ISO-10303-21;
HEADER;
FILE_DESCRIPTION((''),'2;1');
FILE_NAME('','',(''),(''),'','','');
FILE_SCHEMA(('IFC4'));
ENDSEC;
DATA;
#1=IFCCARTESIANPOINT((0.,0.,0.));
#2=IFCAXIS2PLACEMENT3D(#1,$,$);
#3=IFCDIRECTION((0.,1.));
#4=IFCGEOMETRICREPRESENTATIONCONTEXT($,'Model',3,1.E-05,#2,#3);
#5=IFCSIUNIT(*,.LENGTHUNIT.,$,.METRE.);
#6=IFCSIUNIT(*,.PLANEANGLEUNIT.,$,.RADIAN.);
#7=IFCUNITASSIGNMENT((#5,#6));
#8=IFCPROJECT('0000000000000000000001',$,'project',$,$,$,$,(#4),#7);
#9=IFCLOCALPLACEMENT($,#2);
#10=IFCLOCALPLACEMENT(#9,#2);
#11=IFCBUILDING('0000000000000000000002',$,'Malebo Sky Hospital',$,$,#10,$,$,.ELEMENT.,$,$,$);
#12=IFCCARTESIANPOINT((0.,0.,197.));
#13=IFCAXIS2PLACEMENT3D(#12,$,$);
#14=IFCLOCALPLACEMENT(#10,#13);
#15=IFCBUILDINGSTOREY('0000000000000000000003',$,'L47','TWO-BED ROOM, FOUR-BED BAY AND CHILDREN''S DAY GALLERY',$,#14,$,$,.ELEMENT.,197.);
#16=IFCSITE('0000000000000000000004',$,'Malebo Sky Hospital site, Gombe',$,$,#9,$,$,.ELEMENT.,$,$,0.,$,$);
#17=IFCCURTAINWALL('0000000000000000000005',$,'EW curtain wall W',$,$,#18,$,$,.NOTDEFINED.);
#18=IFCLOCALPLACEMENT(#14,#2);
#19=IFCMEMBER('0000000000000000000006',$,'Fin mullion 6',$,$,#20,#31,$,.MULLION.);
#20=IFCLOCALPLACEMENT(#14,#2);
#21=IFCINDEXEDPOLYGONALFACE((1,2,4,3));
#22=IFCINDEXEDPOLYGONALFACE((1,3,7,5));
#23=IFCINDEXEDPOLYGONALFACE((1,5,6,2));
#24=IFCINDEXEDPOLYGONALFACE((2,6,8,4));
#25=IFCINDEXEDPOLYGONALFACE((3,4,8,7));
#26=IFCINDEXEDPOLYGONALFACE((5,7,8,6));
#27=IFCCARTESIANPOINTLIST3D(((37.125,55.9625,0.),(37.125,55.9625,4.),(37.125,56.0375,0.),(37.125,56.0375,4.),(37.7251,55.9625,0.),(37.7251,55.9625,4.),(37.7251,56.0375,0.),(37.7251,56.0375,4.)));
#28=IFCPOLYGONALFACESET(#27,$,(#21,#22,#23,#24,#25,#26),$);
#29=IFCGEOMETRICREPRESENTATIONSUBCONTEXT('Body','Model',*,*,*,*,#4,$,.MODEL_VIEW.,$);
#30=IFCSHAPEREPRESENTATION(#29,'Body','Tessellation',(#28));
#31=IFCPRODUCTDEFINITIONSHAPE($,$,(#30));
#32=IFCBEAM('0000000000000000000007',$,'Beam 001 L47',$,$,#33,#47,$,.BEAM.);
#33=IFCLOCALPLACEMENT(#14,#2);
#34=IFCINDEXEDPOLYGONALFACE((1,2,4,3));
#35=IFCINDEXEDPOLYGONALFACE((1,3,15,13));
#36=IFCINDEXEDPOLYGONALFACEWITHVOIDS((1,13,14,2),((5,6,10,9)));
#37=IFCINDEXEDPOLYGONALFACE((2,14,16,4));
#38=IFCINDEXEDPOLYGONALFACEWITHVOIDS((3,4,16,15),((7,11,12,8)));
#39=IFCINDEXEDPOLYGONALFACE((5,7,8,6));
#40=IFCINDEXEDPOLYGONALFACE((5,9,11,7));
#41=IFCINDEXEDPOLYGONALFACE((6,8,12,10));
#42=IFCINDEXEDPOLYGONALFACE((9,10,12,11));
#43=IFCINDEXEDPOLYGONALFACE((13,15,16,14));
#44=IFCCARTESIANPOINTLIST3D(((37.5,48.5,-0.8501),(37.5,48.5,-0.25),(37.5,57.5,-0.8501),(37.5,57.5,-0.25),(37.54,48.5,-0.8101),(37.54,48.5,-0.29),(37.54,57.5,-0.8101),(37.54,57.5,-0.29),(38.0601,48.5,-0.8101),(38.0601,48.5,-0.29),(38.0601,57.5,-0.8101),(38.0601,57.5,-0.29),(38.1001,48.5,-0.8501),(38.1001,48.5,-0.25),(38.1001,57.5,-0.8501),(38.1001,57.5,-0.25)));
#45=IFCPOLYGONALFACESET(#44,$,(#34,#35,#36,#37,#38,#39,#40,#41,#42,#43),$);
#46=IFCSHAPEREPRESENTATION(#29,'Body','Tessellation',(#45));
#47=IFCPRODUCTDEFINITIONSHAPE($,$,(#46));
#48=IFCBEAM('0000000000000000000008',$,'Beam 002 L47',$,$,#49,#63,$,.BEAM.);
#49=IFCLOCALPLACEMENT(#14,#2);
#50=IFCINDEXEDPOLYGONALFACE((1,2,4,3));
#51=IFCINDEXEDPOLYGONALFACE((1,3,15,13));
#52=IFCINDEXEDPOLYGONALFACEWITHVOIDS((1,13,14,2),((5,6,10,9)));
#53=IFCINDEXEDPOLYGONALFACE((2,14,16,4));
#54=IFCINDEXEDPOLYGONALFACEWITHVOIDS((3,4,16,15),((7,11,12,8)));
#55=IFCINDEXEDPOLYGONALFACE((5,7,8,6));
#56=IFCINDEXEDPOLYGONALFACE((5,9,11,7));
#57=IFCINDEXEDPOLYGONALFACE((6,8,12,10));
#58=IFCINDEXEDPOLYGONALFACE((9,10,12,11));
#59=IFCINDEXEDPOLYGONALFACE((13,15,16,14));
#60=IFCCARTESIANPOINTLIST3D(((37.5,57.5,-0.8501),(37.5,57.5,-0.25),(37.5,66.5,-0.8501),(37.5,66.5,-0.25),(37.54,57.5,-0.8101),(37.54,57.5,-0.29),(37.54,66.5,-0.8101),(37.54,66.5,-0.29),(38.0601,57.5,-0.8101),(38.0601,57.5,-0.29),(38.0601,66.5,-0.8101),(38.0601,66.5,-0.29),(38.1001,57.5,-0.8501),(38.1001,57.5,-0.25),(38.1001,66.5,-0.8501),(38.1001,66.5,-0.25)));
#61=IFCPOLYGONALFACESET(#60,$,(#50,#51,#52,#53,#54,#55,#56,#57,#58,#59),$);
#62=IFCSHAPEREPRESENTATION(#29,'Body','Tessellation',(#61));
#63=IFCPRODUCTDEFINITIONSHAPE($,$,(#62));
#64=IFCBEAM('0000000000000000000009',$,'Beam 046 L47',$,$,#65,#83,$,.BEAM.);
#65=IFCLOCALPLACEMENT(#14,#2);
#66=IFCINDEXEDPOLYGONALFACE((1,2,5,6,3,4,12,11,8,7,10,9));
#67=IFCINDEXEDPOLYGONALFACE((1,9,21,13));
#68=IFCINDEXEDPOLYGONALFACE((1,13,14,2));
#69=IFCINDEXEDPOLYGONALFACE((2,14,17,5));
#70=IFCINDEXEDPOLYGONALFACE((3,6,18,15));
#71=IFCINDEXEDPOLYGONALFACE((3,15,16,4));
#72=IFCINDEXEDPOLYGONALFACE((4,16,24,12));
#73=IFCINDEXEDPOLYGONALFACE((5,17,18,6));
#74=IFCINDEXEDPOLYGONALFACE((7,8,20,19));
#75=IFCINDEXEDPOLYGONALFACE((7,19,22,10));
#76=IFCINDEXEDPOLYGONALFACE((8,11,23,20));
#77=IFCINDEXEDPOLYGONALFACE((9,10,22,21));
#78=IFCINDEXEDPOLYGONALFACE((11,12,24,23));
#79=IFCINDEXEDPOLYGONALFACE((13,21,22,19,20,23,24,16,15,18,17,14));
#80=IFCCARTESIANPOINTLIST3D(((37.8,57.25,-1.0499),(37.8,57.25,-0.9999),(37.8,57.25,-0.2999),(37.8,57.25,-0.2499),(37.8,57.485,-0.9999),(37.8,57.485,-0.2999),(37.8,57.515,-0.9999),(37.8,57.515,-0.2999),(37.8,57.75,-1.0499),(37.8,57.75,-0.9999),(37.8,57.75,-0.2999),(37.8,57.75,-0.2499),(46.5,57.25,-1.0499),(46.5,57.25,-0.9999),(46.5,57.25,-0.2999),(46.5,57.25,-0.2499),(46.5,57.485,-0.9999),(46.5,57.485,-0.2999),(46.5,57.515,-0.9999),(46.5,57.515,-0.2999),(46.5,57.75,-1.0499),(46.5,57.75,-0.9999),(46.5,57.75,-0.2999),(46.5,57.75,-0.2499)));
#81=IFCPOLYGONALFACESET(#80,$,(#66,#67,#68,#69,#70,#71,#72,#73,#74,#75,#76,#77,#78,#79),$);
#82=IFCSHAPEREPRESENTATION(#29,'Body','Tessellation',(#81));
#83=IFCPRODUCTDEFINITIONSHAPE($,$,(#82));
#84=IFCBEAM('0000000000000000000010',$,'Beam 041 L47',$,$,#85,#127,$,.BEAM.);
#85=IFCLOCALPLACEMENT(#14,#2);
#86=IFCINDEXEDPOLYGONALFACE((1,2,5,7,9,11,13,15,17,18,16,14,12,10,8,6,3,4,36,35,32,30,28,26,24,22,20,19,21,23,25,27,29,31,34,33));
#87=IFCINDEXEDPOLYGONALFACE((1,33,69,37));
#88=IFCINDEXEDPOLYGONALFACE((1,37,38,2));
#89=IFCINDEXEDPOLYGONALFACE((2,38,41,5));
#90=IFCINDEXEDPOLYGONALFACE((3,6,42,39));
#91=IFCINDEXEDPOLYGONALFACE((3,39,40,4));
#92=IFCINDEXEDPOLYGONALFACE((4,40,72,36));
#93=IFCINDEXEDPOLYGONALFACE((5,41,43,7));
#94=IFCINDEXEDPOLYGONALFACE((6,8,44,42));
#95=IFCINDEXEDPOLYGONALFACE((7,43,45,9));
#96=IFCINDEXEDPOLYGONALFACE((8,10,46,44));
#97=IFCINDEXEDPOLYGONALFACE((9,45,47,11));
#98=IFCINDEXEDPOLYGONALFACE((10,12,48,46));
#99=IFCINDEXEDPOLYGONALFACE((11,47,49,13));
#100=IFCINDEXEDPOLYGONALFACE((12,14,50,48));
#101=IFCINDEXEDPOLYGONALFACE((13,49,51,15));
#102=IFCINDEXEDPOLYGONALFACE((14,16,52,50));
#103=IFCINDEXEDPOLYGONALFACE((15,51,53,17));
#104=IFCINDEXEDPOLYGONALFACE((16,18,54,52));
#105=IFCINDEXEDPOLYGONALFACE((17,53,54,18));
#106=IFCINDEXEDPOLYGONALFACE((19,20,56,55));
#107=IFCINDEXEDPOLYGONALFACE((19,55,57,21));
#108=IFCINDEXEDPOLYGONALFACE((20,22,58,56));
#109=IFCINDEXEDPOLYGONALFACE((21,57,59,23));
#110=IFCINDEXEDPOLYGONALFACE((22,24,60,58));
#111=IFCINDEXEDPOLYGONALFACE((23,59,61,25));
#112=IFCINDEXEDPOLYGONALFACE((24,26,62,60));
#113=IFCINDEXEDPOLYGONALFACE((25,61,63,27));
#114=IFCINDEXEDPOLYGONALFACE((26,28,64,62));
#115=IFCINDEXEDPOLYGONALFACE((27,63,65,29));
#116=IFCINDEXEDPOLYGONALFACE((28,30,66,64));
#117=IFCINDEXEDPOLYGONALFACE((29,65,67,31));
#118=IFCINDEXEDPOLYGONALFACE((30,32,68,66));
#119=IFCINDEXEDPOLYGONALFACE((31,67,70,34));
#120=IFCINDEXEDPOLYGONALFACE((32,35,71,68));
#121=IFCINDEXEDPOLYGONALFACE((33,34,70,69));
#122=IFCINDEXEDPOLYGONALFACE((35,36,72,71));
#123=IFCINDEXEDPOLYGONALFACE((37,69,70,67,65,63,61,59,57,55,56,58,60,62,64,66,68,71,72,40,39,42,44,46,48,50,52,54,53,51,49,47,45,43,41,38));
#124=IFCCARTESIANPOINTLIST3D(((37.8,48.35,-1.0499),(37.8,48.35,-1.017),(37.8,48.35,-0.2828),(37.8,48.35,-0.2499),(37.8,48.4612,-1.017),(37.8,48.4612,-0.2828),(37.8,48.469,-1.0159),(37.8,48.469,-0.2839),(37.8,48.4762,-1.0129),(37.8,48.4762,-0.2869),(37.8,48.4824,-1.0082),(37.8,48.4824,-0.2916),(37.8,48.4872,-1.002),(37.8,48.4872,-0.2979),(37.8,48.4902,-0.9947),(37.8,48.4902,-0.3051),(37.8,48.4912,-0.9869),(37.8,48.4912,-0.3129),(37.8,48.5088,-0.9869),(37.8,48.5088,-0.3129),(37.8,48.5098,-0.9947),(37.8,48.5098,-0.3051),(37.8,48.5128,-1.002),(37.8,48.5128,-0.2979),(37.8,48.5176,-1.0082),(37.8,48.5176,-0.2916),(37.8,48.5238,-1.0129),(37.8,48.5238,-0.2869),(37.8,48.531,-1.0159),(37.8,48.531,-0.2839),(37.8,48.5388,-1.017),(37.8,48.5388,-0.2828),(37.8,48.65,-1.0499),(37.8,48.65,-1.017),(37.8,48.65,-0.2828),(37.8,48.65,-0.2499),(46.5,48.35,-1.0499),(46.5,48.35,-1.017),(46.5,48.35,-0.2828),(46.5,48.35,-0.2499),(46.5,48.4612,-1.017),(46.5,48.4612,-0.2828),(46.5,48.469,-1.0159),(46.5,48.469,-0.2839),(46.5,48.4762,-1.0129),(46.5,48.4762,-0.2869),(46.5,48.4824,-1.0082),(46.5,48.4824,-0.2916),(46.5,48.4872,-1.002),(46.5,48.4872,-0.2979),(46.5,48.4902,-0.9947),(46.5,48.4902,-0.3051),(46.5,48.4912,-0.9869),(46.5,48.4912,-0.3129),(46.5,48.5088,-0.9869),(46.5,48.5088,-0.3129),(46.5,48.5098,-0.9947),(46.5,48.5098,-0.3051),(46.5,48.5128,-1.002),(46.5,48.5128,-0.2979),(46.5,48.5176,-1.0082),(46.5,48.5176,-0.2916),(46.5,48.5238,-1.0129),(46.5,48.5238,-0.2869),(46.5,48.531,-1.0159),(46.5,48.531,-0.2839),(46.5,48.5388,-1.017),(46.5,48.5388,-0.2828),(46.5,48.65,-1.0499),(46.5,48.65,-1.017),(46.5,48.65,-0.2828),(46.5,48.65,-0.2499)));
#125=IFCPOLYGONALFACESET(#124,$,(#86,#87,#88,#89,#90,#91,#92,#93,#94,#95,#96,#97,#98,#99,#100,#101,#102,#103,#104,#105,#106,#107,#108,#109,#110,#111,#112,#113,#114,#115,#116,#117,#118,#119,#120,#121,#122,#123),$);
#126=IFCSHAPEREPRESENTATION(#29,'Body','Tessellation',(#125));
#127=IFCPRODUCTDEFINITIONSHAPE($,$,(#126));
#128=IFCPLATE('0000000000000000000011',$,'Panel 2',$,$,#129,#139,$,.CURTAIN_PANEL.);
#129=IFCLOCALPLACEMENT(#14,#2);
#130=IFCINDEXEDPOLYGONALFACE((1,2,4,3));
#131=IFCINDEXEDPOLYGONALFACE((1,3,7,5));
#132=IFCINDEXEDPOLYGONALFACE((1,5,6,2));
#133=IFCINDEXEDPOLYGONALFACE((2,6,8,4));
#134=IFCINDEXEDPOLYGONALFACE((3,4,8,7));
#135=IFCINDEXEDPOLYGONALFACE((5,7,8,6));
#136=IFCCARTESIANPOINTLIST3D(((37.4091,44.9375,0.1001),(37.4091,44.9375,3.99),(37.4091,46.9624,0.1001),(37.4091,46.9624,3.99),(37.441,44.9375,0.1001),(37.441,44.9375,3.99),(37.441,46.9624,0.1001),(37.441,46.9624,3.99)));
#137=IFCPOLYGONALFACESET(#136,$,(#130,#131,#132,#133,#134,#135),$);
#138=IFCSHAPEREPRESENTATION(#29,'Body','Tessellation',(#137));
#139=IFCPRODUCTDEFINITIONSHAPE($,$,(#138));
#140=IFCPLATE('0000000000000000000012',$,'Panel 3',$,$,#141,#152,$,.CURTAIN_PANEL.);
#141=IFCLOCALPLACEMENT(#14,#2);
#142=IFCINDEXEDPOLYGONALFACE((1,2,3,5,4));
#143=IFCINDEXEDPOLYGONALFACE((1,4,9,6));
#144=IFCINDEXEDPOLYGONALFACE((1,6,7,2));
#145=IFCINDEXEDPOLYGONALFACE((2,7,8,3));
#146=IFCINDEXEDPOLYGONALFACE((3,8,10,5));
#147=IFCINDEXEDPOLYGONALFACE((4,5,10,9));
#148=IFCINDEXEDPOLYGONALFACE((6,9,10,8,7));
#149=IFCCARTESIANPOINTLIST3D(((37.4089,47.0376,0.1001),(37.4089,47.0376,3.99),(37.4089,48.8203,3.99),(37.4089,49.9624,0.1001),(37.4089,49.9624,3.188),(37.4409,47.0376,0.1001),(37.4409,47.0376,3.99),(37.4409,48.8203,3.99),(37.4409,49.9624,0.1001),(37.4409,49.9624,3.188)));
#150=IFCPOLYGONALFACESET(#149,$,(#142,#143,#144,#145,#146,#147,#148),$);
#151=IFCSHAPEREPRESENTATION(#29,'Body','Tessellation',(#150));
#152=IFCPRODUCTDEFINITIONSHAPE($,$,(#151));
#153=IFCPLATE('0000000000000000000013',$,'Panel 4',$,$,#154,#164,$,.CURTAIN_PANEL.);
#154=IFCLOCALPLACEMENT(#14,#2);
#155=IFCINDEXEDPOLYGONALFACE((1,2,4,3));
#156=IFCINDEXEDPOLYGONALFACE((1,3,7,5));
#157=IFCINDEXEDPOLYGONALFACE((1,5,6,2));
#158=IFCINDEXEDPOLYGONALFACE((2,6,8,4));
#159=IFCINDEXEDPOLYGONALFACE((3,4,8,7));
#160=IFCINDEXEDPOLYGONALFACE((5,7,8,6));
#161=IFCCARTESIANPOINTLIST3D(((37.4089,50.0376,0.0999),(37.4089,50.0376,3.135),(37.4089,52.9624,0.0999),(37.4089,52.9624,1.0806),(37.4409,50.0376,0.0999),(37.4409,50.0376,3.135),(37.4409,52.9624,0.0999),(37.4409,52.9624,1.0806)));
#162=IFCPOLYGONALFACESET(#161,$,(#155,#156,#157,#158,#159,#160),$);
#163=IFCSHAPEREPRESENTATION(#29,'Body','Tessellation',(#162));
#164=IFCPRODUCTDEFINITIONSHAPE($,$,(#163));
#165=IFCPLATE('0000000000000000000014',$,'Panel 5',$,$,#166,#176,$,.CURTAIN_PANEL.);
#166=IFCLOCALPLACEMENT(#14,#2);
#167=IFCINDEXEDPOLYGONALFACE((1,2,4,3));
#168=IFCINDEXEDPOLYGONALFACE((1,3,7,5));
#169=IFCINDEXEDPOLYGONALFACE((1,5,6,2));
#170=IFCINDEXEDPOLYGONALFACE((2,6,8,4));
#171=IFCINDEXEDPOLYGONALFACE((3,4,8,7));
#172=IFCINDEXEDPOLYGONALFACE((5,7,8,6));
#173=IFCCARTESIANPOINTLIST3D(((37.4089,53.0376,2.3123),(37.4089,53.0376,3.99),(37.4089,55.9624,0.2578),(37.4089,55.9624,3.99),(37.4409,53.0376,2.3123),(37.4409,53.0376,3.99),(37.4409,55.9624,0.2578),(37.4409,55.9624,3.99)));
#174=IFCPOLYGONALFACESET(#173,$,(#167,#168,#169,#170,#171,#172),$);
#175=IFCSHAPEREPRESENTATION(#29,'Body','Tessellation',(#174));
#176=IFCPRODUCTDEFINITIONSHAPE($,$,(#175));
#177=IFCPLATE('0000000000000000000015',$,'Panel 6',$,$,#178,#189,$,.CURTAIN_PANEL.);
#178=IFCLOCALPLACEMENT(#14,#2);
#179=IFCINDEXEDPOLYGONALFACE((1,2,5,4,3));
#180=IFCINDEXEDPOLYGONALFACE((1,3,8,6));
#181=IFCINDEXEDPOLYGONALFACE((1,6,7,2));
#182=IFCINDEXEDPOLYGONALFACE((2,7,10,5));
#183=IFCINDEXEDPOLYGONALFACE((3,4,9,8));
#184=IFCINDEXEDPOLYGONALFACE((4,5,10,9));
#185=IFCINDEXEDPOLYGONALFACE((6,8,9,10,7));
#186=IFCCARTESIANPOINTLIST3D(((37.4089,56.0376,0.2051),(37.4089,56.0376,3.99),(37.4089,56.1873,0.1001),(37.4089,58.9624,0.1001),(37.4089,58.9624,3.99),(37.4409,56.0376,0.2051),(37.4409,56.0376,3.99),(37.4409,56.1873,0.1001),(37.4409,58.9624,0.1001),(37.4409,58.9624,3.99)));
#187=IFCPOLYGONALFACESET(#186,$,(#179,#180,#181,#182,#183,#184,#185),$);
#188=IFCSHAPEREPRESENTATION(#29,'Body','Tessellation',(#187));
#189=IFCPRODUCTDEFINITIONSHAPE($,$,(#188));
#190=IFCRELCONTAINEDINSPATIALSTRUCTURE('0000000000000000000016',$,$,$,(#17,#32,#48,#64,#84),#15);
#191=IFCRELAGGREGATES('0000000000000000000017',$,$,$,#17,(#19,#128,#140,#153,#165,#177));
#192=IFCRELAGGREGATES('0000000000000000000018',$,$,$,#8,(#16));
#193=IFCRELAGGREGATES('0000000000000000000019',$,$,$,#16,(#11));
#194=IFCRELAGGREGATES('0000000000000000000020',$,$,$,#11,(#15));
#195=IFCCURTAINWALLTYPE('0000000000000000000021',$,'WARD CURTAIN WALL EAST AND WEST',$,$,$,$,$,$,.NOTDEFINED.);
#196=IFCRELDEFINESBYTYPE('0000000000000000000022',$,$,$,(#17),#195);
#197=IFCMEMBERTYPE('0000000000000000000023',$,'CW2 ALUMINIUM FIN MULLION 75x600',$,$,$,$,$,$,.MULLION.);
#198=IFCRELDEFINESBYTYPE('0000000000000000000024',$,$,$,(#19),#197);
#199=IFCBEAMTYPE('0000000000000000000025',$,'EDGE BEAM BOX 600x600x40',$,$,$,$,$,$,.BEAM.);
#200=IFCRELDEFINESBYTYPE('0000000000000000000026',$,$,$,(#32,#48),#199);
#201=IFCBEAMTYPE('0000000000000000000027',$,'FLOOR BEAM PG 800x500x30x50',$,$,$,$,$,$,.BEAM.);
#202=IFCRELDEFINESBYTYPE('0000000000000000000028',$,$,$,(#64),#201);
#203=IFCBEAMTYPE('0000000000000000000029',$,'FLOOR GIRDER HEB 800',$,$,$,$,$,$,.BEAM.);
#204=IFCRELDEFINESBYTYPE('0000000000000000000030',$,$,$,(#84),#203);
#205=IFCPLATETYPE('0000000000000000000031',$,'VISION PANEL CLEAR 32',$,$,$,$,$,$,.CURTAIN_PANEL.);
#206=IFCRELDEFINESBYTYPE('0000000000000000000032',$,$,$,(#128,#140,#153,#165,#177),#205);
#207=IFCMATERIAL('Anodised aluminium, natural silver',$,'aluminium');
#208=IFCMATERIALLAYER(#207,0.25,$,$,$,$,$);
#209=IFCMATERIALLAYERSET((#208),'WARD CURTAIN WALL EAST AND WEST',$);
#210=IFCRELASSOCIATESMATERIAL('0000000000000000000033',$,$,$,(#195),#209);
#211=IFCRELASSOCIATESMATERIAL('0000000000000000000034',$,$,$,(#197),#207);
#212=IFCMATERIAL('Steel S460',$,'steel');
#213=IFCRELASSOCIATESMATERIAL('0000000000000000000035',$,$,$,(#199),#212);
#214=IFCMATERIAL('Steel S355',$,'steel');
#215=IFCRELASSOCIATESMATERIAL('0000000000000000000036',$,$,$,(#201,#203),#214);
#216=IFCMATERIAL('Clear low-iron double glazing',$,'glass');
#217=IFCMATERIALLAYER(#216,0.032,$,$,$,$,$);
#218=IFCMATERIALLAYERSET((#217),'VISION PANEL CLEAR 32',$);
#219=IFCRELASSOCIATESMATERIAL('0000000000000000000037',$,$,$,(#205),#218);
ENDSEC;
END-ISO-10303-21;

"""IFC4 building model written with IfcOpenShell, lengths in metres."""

from ifc_helpers import new_model, si_unit, direction, frame, origin, origin_2d, place, context, subcontext, project, spatial, polyline, rectangle, hollow_rectangle, i_section, outline, extrude, material, layer, layer_set, material_profile, profile_set, type_object, element, aggregate, save


model = new_model("IFC4")

# Units and contexts
model_context = context("Model", 3, precision=1e-05, world=origin(), true_north=direction((0.0, 1.0)))
body_context = subcontext(model_context, "Body", "Model", "MODEL_VIEW")
ifc_project = project(units=[si_unit("LENGTHUNIT", "METRE"), si_unit("PLANEANGLEUNIT", "RADIAN")], contexts=[model_context])

# Site, building, storey
site_placement = place(None, origin())
site = spatial("IfcSite", under=ifc_project, at=site_placement, Name="Malebo Sky Hospital site, Gombe", CompositionType="ELEMENT", RefElevation=0.0)
building_placement = place(site_placement, origin())
building = spatial("IfcBuilding", under=site, at=building_placement, Name="Malebo Sky Hospital", CompositionType="ELEMENT")
storey_placement = place(building_placement, frame((0.0, 0.0, 197.0)))
storey = spatial("IfcBuildingStorey", under=building, at=storey_placement, Name="L47", Description="TWO-BED ROOM, FOUR-BED BAY AND CHILDREN'S DAY GALLERY", CompositionType="ELEMENT", Elevation=197.0)

# Shared definitions
ifc_material_1 = material(Name="Steel S460", Category="steel")

# Curtain wall
ifc_material_2 = material(Name="Anodised aluminium, natural silver", Category="aluminium")
ifc_layer_1 = layer(ifc_material_2, 0.25)
ifc_layer_set_1 = layer_set([ifc_layer_1], Name="WARD CURTAIN WALL EAST AND WEST")
curtain_wall_type = type_object("IfcCurtainWallType", Name="WARD CURTAIN WALL EAST AND WEST", PredefinedType="NOTDEFINED", material=ifc_layer_set_1)
curtain_wall_placement = place(storey_placement, origin())
curtain_wall = element("IfcCurtainWall", 1, at=curtain_wall_placement, inside=storey, type_object=curtain_wall_type, Name="EW curtain wall W", PredefinedType="NOTDEFINED")

# Member
ifc_material_3 = material(Name="Steel S355", Category="steel")
ifc_material_profile_1 = material_profile(ifc_material_2, rectangle(XDim=0.075, YDim=0.6001, at=origin_2d()), Name="CW2 ALUMINIUM FIN MULLION 75x600")
ifc_profile_set_1 = profile_set([ifc_material_profile_1], Name="Anodised aluminium, natural silver")
member_type_1 = type_object("IfcMemberType", Name="CW2 ALUMINIUM FIN MULLION 75x600", PredefinedType="MULLION", material=ifc_profile_set_1)
member_1_placement = place(storey_placement, frame((37.425, 56.0, 0.0), z_axis=(0.0, 0.0, 1.0), x_axis=(0.0, 1.0, 0.0)))
member_1 = element("IfcMember", 2, at=member_1_placement, type_object=member_type_1, Name="Fin mullion 6", PredefinedType="MULLION", context=body_context, shape_type="SweptSolid", body=[
    extrude(rectangle(XDim=0.075, YDim=0.6001, at=origin_2d()), origin(), (0.0, 0.0, 1.0), 4.0),
])

# Beams
ifc_material_profile_2 = material_profile(ifc_material_1, hollow_rectangle(XDim=0.6001, YDim=0.6001, WallThickness=0.04, at=origin_2d()), Name="BOX 600x600x40")
ifc_profile_set_2 = profile_set([ifc_material_profile_2], Name="Steel S460")
beam_type_1 = type_object("IfcBeamType", Name="EDGE BEAM BOX 600x600x40", PredefinedType="BEAM", material=ifc_profile_set_2)
for number, where, z_axis, x_axis, name in (
    (3, (37.8, 48.5, -0.55), (0.0, 1.0, 0.0), (-1.0, 0.0, 0.0), "Beam 001 L47"),
    (4, (37.8, 57.5, -0.55), (0.0, 1.0, 0.0), (-1.0, 0.0, 0.0), "Beam 002 L47"),
):
    element("IfcBeam", number, at=place(storey_placement, frame(where, z_axis=z_axis, x_axis=x_axis)), inside=storey, type_object=beam_type_1, Name=name, PredefinedType="BEAM", context=body_context, shape_type="SweptSolid", body=[
        extrude(hollow_rectangle(XDim=0.6001, YDim=0.6001, WallThickness=0.04, at=origin_2d()), origin(), (0.0, 0.0, 1.0), 9.0),
    ])
ifc_material_profile_3 = material_profile(ifc_material_3, i_section(OverallWidth=0.5, OverallDepth=0.8, WebThickness=0.03, FlangeThickness=0.05, at=origin_2d()), Name="PG 800x500x30x50")
ifc_profile_set_3 = profile_set([ifc_material_profile_3], Name="Steel S355")
beam_type_2 = type_object("IfcBeamType", Name="FLOOR BEAM PG 800x500x30x50", PredefinedType="BEAM", material=ifc_profile_set_3)
beam_1_placement = place(storey_placement, frame((37.8, 57.5, -0.6499), z_axis=(1.0, 0.0, 0.0), x_axis=(0.0, 1.0, 0.0)))
element("IfcBeam", 5, at=beam_1_placement, inside=storey, type_object=beam_type_2, Name="Beam 046 L47", PredefinedType="BEAM", context=body_context, shape_type="SweptSolid", body=[
    extrude(i_section(OverallWidth=0.5, OverallDepth=0.8, WebThickness=0.03, FlangeThickness=0.05, at=origin_2d()), origin(), (0.0, 0.0, 1.0), 8.7),
])
ifc_material_profile_4 = material_profile(ifc_material_3, i_section(OverallWidth=0.3, OverallDepth=0.8, WebThickness=0.0176, FlangeThickness=0.033, FilletRadius=0.03, at=origin_2d()), Name="HEB 800")
ifc_profile_set_4 = profile_set([ifc_material_profile_4], Name="Steel S355")
beam_type_3 = type_object("IfcBeamType", Name="FLOOR GIRDER HEB 800", PredefinedType="BEAM", material=ifc_profile_set_4)
beam_2_placement = place(storey_placement, frame((37.8, 48.5, -0.6499), z_axis=(1.0, 0.0, 0.0), x_axis=(0.0, 1.0, 0.0)))
element("IfcBeam", 6, at=beam_2_placement, inside=storey, type_object=beam_type_3, Name="Beam 041 L47", PredefinedType="BEAM", context=body_context, shape_type="SweptSolid", body=[
    extrude(i_section(OverallWidth=0.3, OverallDepth=0.8, WebThickness=0.0176, FlangeThickness=0.033, FilletRadius=0.03, at=origin_2d()), origin(), (0.0, 0.0, 1.0), 8.7),
])

# Plates
ifc_material_4 = material(Name="Clear low-iron double glazing", Category="glass")
ifc_layer_2 = layer(ifc_material_4, 0.032)
ifc_layer_set_2 = layer_set([ifc_layer_2], Name="VISION PANEL CLEAR 32")
plate_type = type_object("IfcPlateType", Name="VISION PANEL CLEAR 32", PredefinedType="CURTAIN_PANEL", material=ifc_layer_set_2)
plate_1_placement = place(storey_placement, frame((37.425, 45.95, 0.1001), z_axis=(0.0, 0.0, 1.0), x_axis=(0.0, 1.0, 0.0)))
plate_1 = element("IfcPlate", 7, at=plate_1_placement, type_object=plate_type, Name="Panel 2", PredefinedType="CURTAIN_PANEL", context=body_context, shape_type="SweptSolid", body=[
    extrude(rectangle(XDim=2.0249, YDim=0.032, at=origin_2d()), origin(), (0.0, 0.0, 1.0), 3.8899),
])
plate_2_placement = place(storey_placement, frame((37.425, 48.5, 0.1001), z_axis=(0.0, 0.0, 1.0), x_axis=(0.0, 1.0, 0.0)))
plate_2 = element("IfcPlate", 8, at=plate_2_placement, type_object=plate_type, Name="Panel 3", PredefinedType="CURTAIN_PANEL", context=body_context, shape_type="SweptSolid", body=[
    extrude(outline(polyline([(-1.4624, 0.0), (1.4624, 0.0), (1.4624, 3.0879), (0.3203, 3.8899), (-1.4624, 3.8899), (-1.4624, 0.0)])), frame((0.0, 0.0161, 0.0), z_axis=(0.0, -1.0, 0.0), x_axis=(1.0, 0.0, 0.0)), (0.0, 0.0, 1.0), 0.032),
])
plate_3_placement = place(storey_placement, frame((37.425, 51.5, 0.0999), z_axis=(0.0, 0.0, 1.0), x_axis=(0.0, 1.0, 0.0)))
plate_3 = element("IfcPlate", 9, at=plate_3_placement, type_object=plate_type, Name="Panel 4", PredefinedType="CURTAIN_PANEL", context=body_context, shape_type="SweptSolid", body=[
    extrude(outline(polyline([(-1.4624, 0.0), (1.4624, 0.0), (1.4624, 0.9807), (-1.4624, 3.0352), (-1.4624, 0.0)])), frame((0.0, 0.0161, 0.0), z_axis=(0.0, -1.0, 0.0), x_axis=(1.0, 0.0, 0.0)), (0.0, 0.0, 1.0), 0.032),
])
plate_4_placement = place(storey_placement, frame((37.425, 54.5, 0.2578), z_axis=(0.0, 0.0, 1.0), x_axis=(0.0, 1.0, 0.0)))
plate_4 = element("IfcPlate", 10, at=plate_4_placement, type_object=plate_type, Name="Panel 5", PredefinedType="CURTAIN_PANEL", context=body_context, shape_type="SweptSolid", body=[
    extrude(outline(polyline([(1.4624, 0.0), (1.4624, 3.7322), (-1.4624, 3.7322), (-1.4624, 2.0544), (1.4624, 0.0)])), frame((0.0, 0.0161, 0.0), z_axis=(0.0, -1.0, 0.0), x_axis=(1.0, 0.0, 0.0)), (0.0, 0.0, 1.0), 0.032),
])
plate_5_placement = place(storey_placement, frame((37.425, 57.5, 0.1001), z_axis=(0.0, 0.0, 1.0), x_axis=(0.0, 1.0, 0.0)))
plate_5 = element("IfcPlate", 11, at=plate_5_placement, type_object=plate_type, Name="Panel 6", PredefinedType="CURTAIN_PANEL", context=body_context, shape_type="SweptSolid", body=[
    extrude(outline(polyline([(-1.3127, 0.0), (1.4624, 0.0), (1.4624, 3.8899), (-1.4624, 3.8899), (-1.4624, 0.105), (-1.3127, 0.0)])), frame((0.0, 0.0161, 0.0), z_axis=(0.0, -1.0, 0.0), x_axis=(1.0, 0.0, 0.0)), (0.0, 0.0, 1.0), 0.032),
])
aggregate(curtain_wall, [member_1, plate_1, plate_2, plate_3, plate_4, plate_5])

save(model, "model.ifc")
